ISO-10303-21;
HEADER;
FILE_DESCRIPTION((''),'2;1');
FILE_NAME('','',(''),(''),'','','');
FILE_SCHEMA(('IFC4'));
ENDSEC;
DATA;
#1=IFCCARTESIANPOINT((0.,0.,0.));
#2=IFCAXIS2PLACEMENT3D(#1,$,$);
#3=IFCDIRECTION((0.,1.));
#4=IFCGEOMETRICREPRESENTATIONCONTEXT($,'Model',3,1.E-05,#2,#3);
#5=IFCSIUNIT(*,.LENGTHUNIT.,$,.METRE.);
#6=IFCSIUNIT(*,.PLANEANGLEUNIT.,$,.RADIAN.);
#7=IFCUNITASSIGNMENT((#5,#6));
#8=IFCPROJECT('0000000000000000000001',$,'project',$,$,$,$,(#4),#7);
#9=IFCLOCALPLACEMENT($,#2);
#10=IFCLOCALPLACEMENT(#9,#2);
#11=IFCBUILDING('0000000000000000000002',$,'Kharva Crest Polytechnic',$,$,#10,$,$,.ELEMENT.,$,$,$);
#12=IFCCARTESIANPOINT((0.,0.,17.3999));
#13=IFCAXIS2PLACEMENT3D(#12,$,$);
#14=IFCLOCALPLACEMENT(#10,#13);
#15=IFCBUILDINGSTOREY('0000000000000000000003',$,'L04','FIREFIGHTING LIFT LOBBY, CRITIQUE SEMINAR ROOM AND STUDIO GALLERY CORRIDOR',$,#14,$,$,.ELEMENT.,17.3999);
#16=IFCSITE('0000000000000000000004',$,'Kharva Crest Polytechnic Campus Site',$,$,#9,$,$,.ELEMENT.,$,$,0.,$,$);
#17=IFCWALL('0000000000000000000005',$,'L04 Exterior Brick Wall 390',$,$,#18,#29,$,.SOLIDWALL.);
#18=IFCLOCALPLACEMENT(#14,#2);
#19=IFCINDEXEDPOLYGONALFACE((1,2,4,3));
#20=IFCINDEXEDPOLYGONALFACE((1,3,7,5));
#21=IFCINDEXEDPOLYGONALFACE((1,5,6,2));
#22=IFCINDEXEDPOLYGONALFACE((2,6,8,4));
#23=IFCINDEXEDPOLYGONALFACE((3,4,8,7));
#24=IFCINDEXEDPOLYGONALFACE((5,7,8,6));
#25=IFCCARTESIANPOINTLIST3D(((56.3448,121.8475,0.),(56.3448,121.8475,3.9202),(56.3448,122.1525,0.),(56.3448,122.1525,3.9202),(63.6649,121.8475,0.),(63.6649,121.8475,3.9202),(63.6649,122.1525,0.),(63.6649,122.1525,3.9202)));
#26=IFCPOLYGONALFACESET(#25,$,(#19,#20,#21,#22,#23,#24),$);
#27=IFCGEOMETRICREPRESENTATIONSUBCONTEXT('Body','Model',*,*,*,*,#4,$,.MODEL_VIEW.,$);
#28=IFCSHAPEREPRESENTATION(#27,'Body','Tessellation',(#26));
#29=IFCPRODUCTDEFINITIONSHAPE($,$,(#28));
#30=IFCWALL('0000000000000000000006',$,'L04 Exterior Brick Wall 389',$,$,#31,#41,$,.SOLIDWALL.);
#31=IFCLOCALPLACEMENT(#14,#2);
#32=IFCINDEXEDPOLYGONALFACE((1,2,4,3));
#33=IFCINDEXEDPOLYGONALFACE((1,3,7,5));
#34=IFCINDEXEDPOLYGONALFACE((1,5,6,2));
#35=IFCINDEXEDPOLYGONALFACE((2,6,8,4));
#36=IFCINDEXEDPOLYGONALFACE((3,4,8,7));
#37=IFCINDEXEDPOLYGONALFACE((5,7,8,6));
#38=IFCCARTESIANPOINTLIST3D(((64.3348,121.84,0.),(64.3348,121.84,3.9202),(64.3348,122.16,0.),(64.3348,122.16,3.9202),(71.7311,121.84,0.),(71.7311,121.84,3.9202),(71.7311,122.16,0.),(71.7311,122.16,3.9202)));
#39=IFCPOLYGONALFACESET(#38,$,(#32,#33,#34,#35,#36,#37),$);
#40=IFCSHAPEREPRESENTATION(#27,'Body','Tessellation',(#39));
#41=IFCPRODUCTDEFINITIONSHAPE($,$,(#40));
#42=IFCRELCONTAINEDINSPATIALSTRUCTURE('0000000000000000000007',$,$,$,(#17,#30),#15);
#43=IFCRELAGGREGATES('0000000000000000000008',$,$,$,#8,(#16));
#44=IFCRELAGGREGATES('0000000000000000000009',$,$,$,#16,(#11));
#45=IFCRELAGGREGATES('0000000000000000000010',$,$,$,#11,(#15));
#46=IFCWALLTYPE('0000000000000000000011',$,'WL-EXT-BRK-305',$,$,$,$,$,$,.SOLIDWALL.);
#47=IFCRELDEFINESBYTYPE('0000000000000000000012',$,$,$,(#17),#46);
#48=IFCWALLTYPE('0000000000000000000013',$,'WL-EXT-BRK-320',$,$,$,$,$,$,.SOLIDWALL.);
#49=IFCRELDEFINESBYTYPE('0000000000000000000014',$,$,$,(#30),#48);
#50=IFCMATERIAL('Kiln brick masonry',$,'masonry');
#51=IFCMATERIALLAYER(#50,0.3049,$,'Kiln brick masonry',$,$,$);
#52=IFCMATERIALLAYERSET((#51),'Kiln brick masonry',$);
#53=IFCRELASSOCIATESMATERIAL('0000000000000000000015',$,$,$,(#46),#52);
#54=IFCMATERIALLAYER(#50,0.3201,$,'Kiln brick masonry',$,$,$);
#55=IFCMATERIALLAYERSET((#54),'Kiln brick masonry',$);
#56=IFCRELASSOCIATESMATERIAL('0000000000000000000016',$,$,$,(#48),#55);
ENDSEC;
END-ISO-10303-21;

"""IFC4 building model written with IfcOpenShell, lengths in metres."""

from ifc_helpers import new_model, si_unit, direction, frame, frame_2d, origin, place, context, subcontext, project, spatial, rectangle, extrude, material, layer, layer_set, type_object, element, save


model = new_model("IFC4")

# Units and contexts
model_context = context("Model", 3, precision=1e-05, world=origin(), true_north=direction((0.0, 1.0)))
body_context = subcontext(model_context, "Body", "Model", "MODEL_VIEW")
ifc_project = project(units=[si_unit("LENGTHUNIT", "METRE"), si_unit("PLANEANGLEUNIT", "RADIAN")], contexts=[model_context])

# Site, building, storey
site_placement = place(None, origin())
site = spatial("IfcSite", under=ifc_project, at=site_placement, Name="Kharva Crest Polytechnic Campus Site", CompositionType="ELEMENT", RefElevation=0.0)
building_placement = place(site_placement, origin())
building = spatial("IfcBuilding", under=site, at=building_placement, Name="Kharva Crest Polytechnic", CompositionType="ELEMENT")
storey_placement = place(building_placement, frame((0.0, 0.0, 17.3999)))
storey = spatial("IfcBuildingStorey", under=building, at=storey_placement, Name="L04", Description="FIREFIGHTING LIFT LOBBY, CRITIQUE SEMINAR ROOM AND STUDIO GALLERY CORRIDOR", CompositionType="ELEMENT", Elevation=17.3999)

# Walls
ifc_material_1 = material(Name="Kiln brick masonry", Category="masonry")
ifc_layer_1 = layer(ifc_material_1, 0.3049, Name="Kiln brick masonry")
ifc_layer_set_1 = layer_set([ifc_layer_1], Name="Kiln brick masonry")
wall_type_1 = type_object("IfcWallType", Name="WL-EXT-BRK-305", PredefinedType="SOLIDWALL", material=ifc_layer_set_1)
wall_1_placement = place(storey_placement, frame((63.665, 122.0, 0.0), z_axis=(0.0, 0.0, 1.0), x_axis=(-1.0, 0.0, 0.0)))
element("IfcWall", 1, at=wall_1_placement, inside=storey, type_object=wall_type_1, Name="L04 Exterior Brick Wall 390", PredefinedType="SOLIDWALL", context=body_context, shape_type="SweptSolid", body=[
    extrude(rectangle(XDim=7.3201, YDim=0.3049, at=frame_2d((3.6602, 0.0))), origin(), (0.0, 0.0, 1.0), 3.9202),
])
ifc_layer_2 = layer(ifc_material_1, 0.3201, Name="Kiln brick masonry")
ifc_layer_set_2 = layer_set([ifc_layer_2], Name="Kiln brick masonry")
wall_type_2 = type_object("IfcWallType", Name="WL-EXT-BRK-320", PredefinedType="SOLIDWALL", material=ifc_layer_set_2)
wall_2_placement = place(storey_placement, frame((71.7312, 122.0, 0.0), z_axis=(0.0, 0.0, 1.0), x_axis=(-1.0, 0.0, 0.0)))
element("IfcWall", 2, at=wall_2_placement, inside=storey, type_object=wall_type_2, Name="L04 Exterior Brick Wall 389", PredefinedType="SOLIDWALL", context=body_context, shape_type="SweptSolid", body=[
    extrude(rectangle(XDim=7.3962, YDim=0.3201, at=frame_2d((3.6982, 0.0))), origin(), (0.0, 0.0, 1.0), 3.9202),
])

save(model, "model.ifc")
